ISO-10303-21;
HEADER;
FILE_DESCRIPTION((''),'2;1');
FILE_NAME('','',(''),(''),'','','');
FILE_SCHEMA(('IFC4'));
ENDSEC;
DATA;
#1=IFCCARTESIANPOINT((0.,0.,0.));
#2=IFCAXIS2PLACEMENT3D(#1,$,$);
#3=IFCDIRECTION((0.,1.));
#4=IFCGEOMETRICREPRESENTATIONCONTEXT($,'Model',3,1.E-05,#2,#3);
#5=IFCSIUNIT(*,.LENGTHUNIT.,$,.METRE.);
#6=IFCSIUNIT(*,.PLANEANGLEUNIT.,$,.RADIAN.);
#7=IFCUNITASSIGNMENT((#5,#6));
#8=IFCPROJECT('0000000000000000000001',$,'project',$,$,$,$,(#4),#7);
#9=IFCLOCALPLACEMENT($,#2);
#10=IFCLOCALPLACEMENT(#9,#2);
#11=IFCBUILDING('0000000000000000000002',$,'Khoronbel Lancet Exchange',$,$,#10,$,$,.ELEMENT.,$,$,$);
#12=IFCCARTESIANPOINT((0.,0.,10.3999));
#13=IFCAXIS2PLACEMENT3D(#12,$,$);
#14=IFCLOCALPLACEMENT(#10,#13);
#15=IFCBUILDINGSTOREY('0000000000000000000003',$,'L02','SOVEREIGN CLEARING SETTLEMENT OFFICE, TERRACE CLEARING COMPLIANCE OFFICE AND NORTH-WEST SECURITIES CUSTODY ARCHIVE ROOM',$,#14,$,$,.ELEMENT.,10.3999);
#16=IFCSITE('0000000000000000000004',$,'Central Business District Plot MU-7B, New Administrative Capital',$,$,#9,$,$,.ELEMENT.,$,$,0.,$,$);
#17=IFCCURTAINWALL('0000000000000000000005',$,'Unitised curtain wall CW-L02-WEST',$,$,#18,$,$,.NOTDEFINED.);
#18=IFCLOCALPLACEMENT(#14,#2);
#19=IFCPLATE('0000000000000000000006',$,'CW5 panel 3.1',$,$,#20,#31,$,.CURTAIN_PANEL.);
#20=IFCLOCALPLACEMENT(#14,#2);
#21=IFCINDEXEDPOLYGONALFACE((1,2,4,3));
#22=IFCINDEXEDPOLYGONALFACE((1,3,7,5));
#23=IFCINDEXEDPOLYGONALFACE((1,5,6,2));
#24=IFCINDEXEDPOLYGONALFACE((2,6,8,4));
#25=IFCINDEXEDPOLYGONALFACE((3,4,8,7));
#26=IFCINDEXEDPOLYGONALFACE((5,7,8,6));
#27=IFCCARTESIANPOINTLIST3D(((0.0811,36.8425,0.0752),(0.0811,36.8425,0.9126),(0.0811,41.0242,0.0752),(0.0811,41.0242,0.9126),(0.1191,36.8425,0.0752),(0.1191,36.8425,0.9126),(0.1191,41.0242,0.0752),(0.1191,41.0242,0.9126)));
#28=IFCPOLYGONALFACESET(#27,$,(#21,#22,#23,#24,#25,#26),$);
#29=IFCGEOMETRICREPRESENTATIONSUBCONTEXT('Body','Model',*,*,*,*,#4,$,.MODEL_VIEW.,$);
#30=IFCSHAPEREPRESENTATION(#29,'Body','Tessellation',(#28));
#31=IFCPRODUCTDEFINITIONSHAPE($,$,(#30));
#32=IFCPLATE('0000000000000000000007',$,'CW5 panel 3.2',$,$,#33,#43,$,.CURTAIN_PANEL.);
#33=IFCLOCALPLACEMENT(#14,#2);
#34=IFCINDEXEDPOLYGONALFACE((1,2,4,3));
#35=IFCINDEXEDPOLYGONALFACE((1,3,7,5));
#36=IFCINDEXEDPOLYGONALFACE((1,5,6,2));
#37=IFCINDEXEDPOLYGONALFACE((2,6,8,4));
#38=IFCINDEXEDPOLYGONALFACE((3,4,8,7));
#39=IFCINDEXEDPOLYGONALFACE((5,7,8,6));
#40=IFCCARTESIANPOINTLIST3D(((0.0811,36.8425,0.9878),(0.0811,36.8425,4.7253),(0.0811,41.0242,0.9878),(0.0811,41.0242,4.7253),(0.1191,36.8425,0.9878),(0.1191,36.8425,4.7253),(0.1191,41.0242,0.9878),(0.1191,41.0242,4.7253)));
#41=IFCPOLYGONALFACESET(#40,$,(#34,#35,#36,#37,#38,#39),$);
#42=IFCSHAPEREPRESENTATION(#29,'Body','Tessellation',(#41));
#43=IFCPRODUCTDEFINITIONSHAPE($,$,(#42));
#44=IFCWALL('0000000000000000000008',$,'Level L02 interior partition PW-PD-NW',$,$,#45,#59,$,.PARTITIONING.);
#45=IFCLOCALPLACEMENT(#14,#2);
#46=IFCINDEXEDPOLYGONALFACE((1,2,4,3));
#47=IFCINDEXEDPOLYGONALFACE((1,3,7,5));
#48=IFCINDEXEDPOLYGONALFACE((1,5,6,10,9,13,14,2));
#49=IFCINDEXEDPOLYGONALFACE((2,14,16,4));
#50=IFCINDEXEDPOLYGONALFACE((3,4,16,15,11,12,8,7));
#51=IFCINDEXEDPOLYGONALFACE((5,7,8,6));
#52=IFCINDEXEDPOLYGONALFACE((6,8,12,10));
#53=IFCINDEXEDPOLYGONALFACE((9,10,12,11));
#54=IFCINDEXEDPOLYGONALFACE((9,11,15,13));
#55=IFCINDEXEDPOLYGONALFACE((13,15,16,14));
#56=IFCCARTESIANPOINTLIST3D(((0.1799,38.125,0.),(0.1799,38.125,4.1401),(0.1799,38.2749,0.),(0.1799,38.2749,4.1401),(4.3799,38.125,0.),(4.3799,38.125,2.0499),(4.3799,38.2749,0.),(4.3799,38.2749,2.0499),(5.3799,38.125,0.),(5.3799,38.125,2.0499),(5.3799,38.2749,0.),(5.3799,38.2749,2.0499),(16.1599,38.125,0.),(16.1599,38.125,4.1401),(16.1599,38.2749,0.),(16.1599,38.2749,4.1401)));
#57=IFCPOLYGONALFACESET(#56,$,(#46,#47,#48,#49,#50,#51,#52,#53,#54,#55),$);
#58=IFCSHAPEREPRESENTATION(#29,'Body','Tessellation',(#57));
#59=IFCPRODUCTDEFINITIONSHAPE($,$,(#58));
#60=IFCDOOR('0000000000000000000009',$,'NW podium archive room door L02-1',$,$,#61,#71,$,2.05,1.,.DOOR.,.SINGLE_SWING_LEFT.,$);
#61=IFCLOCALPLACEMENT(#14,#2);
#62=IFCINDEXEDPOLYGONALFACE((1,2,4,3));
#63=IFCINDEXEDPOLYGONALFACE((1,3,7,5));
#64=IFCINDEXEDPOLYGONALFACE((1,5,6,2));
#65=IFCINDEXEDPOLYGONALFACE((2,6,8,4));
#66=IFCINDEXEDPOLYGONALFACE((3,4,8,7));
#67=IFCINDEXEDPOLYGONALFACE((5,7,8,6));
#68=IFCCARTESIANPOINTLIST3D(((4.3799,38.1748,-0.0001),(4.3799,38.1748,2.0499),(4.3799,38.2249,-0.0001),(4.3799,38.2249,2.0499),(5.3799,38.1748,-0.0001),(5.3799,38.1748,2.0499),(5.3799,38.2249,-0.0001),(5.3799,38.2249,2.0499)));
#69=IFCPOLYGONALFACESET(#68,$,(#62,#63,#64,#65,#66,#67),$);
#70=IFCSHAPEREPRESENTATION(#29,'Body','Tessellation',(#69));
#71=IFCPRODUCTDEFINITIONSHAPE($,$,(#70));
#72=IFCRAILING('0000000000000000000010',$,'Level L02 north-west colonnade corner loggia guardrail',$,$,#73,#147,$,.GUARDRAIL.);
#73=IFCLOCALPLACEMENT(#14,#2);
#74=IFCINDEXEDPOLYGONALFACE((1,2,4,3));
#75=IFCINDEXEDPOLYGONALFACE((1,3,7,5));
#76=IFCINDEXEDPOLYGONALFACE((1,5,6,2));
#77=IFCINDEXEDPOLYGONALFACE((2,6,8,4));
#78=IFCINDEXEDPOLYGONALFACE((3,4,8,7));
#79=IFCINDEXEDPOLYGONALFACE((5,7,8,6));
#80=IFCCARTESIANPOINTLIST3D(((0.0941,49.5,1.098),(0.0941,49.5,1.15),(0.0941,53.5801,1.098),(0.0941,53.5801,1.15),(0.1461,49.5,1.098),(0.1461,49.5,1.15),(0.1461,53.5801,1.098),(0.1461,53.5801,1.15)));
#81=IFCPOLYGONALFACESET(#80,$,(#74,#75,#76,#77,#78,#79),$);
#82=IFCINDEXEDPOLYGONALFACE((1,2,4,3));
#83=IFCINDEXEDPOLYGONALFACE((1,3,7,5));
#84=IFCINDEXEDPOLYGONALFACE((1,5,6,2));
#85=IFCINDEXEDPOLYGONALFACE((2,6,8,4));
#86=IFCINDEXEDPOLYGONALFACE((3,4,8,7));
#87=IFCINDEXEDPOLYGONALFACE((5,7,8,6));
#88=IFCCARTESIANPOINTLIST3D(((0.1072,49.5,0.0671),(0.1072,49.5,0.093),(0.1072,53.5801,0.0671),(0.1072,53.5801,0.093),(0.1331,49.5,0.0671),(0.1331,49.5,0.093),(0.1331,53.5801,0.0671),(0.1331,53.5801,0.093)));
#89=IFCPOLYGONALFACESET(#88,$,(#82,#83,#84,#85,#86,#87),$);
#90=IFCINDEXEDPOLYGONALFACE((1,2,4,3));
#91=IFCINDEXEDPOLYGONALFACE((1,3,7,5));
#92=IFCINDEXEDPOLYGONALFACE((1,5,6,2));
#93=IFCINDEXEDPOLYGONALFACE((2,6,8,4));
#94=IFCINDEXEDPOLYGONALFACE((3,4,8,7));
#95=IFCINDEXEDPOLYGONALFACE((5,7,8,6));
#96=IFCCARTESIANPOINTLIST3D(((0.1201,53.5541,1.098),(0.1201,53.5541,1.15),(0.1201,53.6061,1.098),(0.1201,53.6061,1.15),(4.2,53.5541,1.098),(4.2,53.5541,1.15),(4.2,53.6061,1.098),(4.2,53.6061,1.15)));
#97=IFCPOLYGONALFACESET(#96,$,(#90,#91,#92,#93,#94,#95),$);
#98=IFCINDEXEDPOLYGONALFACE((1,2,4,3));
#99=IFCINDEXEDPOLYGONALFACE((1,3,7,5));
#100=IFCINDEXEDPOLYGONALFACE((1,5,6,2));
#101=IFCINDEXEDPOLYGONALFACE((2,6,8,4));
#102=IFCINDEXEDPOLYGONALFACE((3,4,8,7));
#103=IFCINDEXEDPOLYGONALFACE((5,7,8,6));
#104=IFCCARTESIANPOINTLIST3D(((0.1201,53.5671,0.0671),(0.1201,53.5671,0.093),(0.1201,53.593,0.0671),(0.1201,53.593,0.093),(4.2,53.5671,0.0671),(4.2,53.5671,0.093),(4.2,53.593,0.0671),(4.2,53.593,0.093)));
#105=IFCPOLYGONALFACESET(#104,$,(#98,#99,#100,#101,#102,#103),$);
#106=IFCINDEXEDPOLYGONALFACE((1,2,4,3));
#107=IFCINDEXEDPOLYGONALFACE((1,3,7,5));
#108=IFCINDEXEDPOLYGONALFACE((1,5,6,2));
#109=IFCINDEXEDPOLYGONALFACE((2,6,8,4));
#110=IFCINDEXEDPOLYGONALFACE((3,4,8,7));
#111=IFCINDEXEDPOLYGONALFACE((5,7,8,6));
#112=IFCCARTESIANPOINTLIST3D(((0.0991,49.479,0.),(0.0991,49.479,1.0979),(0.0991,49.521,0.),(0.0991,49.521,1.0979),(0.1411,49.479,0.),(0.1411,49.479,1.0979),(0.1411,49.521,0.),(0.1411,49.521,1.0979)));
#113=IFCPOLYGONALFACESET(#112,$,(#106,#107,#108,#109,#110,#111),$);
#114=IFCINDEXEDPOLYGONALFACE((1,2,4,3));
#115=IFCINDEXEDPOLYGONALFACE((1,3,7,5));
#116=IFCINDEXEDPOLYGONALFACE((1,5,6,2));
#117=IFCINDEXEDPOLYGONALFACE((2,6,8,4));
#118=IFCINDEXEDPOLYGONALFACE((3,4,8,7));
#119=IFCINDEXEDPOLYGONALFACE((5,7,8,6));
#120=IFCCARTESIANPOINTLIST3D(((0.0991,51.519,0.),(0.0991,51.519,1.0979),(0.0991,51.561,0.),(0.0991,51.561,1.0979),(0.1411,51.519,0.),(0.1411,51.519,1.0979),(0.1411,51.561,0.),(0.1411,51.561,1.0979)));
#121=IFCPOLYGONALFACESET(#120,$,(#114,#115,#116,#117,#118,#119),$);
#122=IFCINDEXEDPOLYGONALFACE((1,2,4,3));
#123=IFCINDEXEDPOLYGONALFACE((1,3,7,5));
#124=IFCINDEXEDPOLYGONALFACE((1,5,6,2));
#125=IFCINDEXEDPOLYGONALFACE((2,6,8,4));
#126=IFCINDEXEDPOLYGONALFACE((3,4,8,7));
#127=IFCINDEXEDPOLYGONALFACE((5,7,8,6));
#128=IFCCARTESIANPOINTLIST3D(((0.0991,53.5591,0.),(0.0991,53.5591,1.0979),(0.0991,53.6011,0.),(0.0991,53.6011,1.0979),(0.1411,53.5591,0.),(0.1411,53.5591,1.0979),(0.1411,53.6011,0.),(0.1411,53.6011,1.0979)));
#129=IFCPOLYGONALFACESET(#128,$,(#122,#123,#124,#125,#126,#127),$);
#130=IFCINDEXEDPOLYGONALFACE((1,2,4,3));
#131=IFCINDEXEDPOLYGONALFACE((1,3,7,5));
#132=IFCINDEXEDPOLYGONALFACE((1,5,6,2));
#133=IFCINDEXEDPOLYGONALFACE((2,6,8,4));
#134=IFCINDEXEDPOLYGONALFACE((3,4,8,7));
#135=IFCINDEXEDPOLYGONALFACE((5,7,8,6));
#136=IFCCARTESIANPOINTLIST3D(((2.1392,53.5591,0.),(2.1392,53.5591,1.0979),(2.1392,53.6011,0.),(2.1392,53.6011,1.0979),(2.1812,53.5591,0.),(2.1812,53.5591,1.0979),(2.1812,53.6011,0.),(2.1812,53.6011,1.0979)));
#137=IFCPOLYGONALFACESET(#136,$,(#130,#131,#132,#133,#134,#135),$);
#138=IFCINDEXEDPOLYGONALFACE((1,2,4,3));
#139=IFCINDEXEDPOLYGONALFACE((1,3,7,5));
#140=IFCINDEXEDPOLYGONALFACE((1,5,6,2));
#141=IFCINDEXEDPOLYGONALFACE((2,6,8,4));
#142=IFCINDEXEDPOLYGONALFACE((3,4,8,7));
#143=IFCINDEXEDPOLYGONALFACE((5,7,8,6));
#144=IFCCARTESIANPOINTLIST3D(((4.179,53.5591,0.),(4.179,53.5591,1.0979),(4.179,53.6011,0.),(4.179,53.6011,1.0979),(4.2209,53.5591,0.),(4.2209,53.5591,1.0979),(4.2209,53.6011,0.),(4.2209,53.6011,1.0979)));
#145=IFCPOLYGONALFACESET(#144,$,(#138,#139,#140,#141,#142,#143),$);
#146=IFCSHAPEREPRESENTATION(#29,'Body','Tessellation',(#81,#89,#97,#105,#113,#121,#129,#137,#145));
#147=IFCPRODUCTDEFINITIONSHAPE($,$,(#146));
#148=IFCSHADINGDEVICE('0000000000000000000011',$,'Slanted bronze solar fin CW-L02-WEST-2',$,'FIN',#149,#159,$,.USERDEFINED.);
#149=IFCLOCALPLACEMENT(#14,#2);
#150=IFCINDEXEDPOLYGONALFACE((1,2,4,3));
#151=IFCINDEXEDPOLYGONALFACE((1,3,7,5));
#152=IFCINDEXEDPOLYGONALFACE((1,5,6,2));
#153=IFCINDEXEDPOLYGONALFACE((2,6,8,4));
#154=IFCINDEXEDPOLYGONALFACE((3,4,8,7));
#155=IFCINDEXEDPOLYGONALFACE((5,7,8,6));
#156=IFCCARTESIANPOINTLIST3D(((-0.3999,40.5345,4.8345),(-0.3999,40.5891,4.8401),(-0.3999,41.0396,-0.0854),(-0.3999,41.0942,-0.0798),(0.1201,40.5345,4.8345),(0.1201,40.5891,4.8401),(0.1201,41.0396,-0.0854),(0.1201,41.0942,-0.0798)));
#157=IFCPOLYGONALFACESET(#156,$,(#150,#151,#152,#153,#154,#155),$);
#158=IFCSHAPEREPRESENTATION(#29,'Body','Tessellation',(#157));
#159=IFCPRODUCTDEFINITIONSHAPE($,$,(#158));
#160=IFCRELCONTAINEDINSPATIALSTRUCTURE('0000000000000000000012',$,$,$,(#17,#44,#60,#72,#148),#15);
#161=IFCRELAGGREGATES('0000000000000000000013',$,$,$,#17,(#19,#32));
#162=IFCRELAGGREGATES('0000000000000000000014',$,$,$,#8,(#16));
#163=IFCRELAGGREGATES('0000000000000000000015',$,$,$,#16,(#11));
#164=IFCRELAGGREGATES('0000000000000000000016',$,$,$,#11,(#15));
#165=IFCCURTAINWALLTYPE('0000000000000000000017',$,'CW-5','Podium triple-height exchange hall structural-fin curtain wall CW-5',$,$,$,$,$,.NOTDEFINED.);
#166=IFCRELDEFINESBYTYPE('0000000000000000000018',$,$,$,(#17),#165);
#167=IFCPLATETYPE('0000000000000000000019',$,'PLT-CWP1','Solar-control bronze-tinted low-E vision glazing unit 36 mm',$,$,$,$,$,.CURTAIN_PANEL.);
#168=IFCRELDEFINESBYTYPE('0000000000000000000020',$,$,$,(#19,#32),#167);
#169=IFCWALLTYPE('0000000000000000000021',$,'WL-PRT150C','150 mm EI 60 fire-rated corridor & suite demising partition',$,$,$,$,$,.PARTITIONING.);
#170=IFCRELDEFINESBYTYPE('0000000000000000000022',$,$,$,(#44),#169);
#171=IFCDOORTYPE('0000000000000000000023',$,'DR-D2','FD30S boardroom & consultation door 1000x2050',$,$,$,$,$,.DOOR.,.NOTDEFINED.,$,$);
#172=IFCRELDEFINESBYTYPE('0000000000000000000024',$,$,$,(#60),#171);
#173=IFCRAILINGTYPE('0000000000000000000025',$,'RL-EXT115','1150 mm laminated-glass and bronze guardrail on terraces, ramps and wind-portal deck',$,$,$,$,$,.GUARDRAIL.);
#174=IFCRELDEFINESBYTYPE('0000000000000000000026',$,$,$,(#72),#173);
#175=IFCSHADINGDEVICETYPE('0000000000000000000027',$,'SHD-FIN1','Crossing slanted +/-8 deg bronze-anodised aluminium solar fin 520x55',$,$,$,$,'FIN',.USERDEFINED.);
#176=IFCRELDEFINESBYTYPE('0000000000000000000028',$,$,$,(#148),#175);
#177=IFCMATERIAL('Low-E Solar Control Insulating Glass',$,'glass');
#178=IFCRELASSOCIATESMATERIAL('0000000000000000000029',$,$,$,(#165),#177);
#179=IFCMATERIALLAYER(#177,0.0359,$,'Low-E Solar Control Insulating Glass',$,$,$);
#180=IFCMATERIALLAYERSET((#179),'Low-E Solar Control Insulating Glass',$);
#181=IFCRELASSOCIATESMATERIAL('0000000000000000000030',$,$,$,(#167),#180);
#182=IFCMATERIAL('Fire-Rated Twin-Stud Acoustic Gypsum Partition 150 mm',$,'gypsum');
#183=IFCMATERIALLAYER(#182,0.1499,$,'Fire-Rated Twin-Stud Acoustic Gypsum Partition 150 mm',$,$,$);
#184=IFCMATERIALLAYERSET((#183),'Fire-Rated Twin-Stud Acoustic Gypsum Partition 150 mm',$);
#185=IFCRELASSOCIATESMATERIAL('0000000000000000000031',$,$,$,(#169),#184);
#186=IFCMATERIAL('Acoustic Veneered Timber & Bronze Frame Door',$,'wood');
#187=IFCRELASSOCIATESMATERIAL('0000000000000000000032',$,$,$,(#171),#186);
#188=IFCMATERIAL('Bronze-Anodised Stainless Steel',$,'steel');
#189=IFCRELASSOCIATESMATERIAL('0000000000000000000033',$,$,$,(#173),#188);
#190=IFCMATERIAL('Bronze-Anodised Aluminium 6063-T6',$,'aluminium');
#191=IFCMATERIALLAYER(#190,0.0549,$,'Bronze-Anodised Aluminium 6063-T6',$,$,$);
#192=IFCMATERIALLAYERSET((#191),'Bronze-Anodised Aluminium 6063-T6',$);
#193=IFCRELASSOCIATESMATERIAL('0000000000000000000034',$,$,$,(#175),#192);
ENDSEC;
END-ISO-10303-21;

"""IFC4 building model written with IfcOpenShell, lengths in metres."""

from ifc_helpers import new_model, si_unit, direction, frame, frame_2d, origin, origin_2d, place, context, subcontext, project, spatial, polyline, rectangle, outline, extrude, material, layer, layer_set, type_object, element, fill, aggregate, save


model = new_model("IFC4")

# Units and contexts
model_context = context("Model", 3, precision=1e-05, world=origin(), true_north=direction((0.0, 1.0)))
body_context = subcontext(model_context, "Body", "Model", "MODEL_VIEW")
ifc_project = project(units=[si_unit("LENGTHUNIT", "METRE"), si_unit("PLANEANGLEUNIT", "RADIAN")], contexts=[model_context])

# Site, building, storey
site_placement = place(None, origin())
site = spatial("IfcSite", under=ifc_project, at=site_placement, Name="Central Business District Plot MU-7B, New Administrative Capital", CompositionType="ELEMENT", RefElevation=0.0)
building_placement = place(site_placement, origin())
building = spatial("IfcBuilding", under=site, at=building_placement, Name="Khoronbel Lancet Exchange", CompositionType="ELEMENT")
storey_placement = place(building_placement, frame((0.0, 0.0, 10.3999)))
storey = spatial("IfcBuildingStorey", under=building, at=storey_placement, Name="L02", Description="SOVEREIGN CLEARING SETTLEMENT OFFICE, TERRACE CLEARING COMPLIANCE OFFICE AND NORTH-WEST SECURITIES CUSTODY ARCHIVE ROOM", CompositionType="ELEMENT", Elevation=10.3999)

# Curtain wall, plates
ifc_material_1 = material(Name="Low-E Solar Control Insulating Glass", Category="glass")
curtain_wall_type = type_object("IfcCurtainWallType", Name="CW-5", Description="Podium triple-height exchange hall structural-fin curtain wall CW-5", PredefinedType="NOTDEFINED", material=ifc_material_1)
curtain_wall_placement = place(storey_placement, origin())
curtain_wall = element("IfcCurtainWall", 1, at=curtain_wall_placement, inside=storey, type_object=curtain_wall_type, Name="Unitised curtain wall CW-L02-WEST", PredefinedType="NOTDEFINED")
ifc_material_2 = material(Name="Bronze-Anodised Aluminium 6063-T6", Category="aluminium")
ifc_layer_1 = layer(ifc_material_1, 0.0359, Name="Low-E Solar Control Insulating Glass")
ifc_layer_set_1 = layer_set([ifc_layer_1], Name="Low-E Solar Control Insulating Glass")
plate_type = type_object("IfcPlateType", Name="PLT-CWP1", Description="Solar-control bronze-tinted low-E vision glazing unit 36 mm", PredefinedType="CURTAIN_PANEL", material=ifc_layer_set_1)
plate_1_placement = place(storey_placement, frame((0.1001, 38.9333, 0.0752), z_axis=(0.0, 0.0, 1.0), x_axis=(0.0, -1.0, 0.0)))
plate_1 = element("IfcPlate", 2, at=plate_1_placement, type_object=plate_type, Name="CW5 panel 3.1", PredefinedType="CURTAIN_PANEL", context=body_context, shape_type="SweptSolid", body=[
    extrude(rectangle(XDim=4.1816, YDim=0.0381, at=origin_2d()), origin(), (0.0, 0.0, 1.0), 0.8374),
])
plate_2_placement = place(storey_placement, frame((0.1001, 38.9333, 0.9878), z_axis=(0.0, 0.0, 1.0), x_axis=(0.0, -1.0, 0.0)))
plate_2 = element("IfcPlate", 3, at=plate_2_placement, type_object=plate_type, Name="CW5 panel 3.2", PredefinedType="CURTAIN_PANEL", context=body_context, shape_type="SweptSolid", body=[
    extrude(rectangle(XDim=4.1816, YDim=0.0381, at=origin_2d()), origin(), (0.0, 0.0, 1.0), 3.7375),
])
aggregate(curtain_wall, [plate_1, plate_2])

# Wall, opening, door
ifc_material_3 = material(Name="Fire-Rated Twin-Stud Acoustic Gypsum Partition 150 mm", Category="gypsum")
ifc_layer_2 = layer(ifc_material_3, 0.1499, Name="Fire-Rated Twin-Stud Acoustic Gypsum Partition 150 mm")
ifc_layer_set_2 = layer_set([ifc_layer_2], Name="Fire-Rated Twin-Stud Acoustic Gypsum Partition 150 mm")
wall_type = type_object("IfcWallType", Name="WL-PRT150C", Description="150 mm EI 60 fire-rated corridor & suite demising partition", PredefinedType="PARTITIONING", material=ifc_layer_set_2)
wall_placement = place(storey_placement, frame((0.1799, 38.2, 0.0), z_axis=(0.0, 0.0, 1.0), x_axis=(1.0, 0.0, 0.0)))
wall = element("IfcWall", 4, at=wall_placement, inside=storey, type_object=wall_type, Name="Level L02 interior partition PW-PD-NW", PredefinedType="PARTITIONING", context=body_context, shape_type="SweptSolid", body=[
    extrude(rectangle(XDim=15.98, YDim=0.1499, at=frame_2d((7.99, 0.0))), origin(), (0.0, 0.0, 1.0), 4.1401),
])
opening_placement = place(wall_placement, frame((4.2, 0.0, 0.0)))
opening = element("IfcOpeningElement", 5, at=opening_placement, cuts=wall, PredefinedType="OPENING", context=body_context, shape_type="SweptSolid", body=[
    extrude(rectangle(XDim=1.0, YDim=2.05, at=frame_2d((0.5, 1.0249))), frame((0.0, 0.085, 0.0), z_axis=(0.0, -1.0, 0.0), x_axis=(1.0, 0.0, 0.0)), (0.0, 0.0, 1.0), 0.1699),
])
ifc_material_4 = material(Name="Acoustic Veneered Timber & Bronze Frame Door", Category="wood")
door_type = type_object("IfcDoorType", Name="DR-D2", Description="FD30S boardroom & consultation door 1000x2050", OperationType="NOTDEFINED", PredefinedType="DOOR", material=ifc_material_4)
door_placement = place(opening_placement, origin())
door = element("IfcDoor", 6, at=door_placement, inside=storey, type_object=door_type, Name="NW podium archive room door L02-1", OperationType="SINGLE_SWING_LEFT", OverallHeight=2.05, OverallWidth=1.0, PredefinedType="DOOR", context=body_context, shape_type="SweptSolid", body=[
    extrude(rectangle(XDim=1.0, YDim=2.05, at=frame_2d((0.5, 1.0249))), frame((0.0, 0.0249, 0.0), z_axis=(0.0, -1.0, 0.0), x_axis=(1.0, 0.0, 0.0)), (0.0, 0.0, 1.0), 0.05),
])
fill(opening, door)

# Railing
ifc_material_5 = material(Name="Bronze-Anodised Stainless Steel", Category="steel")
railing_type = type_object("IfcRailingType", Name="RL-EXT115", Description="1150 mm laminated-glass and bronze guardrail on terraces, ramps and wind-portal deck", PredefinedType="GUARDRAIL", material=ifc_material_5)
railing_placement = place(storey_placement, frame((0.1201, 49.5, 0.0)))
element("IfcRailing", 7, at=railing_placement, inside=storey, type_object=railing_type, Name="Level L02 north-west colonnade corner loggia guardrail", PredefinedType="GUARDRAIL", context=body_context, shape_type="SweptSolid", body=[
    extrude(rectangle(XDim=0.052, YDim=0.052, at=origin_2d()), frame((0.0, 0.0, 1.124), z_axis=(0.0, 1.0, 0.0), x_axis=(-1.0, 0.0, 0.0)), (0.0, 0.0, 1.0), 4.0801),
    extrude(rectangle(XDim=0.0259, YDim=0.0259, at=origin_2d()), frame((0.0, 0.0, 0.0801), z_axis=(0.0, 1.0, 0.0), x_axis=(-1.0, 0.0, 0.0)), (0.0, 0.0, 1.0), 4.0801),
    extrude(rectangle(XDim=0.052, YDim=0.052, at=origin_2d()), frame((0.0, 4.0801, 1.124), z_axis=(1.0, 0.0, 0.0), x_axis=(0.0, 1.0, 0.0)), (0.0, 0.0, 1.0), 4.0798),
    extrude(rectangle(XDim=0.0259, YDim=0.0259, at=origin_2d()), frame((0.0, 4.0801, 0.0801), z_axis=(1.0, 0.0, 0.0), x_axis=(0.0, 1.0, 0.0)), (0.0, 0.0, 1.0), 4.0798),
    extrude(rectangle(XDim=0.042, YDim=0.042, at=origin_2d()), origin(), (0.0, 0.0, 1.0), 1.0979),
    extrude(rectangle(XDim=0.042, YDim=0.042, at=origin_2d()), frame((0.0, 2.04, 0.0)), (0.0, 0.0, 1.0), 1.0979),
    extrude(rectangle(XDim=0.042, YDim=0.042, at=origin_2d()), frame((0.0, 4.0801, 0.0)), (0.0, 0.0, 1.0), 1.0979),
    extrude(rectangle(XDim=0.042, YDim=0.042, at=origin_2d()), frame((2.04, 4.0801, 0.0)), (0.0, 0.0, 1.0), 1.0979),
    extrude(rectangle(XDim=0.042, YDim=0.042, at=origin_2d()), frame((4.0798, 4.0801, 0.0)), (0.0, 0.0, 1.0), 1.0979),
])

# Shading device
ifc_layer_3 = layer(ifc_material_2, 0.0549, Name="Bronze-Anodised Aluminium 6063-T6")
ifc_layer_set_3 = layer_set([ifc_layer_3], Name="Bronze-Anodised Aluminium 6063-T6")
shading_device_type = type_object("IfcShadingDeviceType", Name="SHD-FIN1", Description="Crossing slanted +/-8 deg bronze-anodised aluminium solar fin 520x55", ElementType="FIN", PredefinedType="USERDEFINED", material=ifc_layer_set_3)
shading_device_placement = place(storey_placement, frame((0.1201, 41.0942, -0.0798), z_axis=(0.0, 0.994771, 0.102133), x_axis=(-1.0, 0.0, 0.0)))
element("IfcShadingDevice", 8, at=shading_device_placement, inside=storey, type_object=shading_device_type, Name="Slanted bronze solar fin CW-L02-WEST-2", ObjectType="FIN", PredefinedType="USERDEFINED", context=body_context, shape_type="SweptSolid", body=[
    extrude(outline(polyline([(0.0, 0.0), (0.52, 0.0), (0.52, 4.9458), (0.0, 4.9458), (0.0, 0.0)])), origin(), (0.0, 0.0, -1.0), 0.0549),
])

save(model, "model.ifc")
